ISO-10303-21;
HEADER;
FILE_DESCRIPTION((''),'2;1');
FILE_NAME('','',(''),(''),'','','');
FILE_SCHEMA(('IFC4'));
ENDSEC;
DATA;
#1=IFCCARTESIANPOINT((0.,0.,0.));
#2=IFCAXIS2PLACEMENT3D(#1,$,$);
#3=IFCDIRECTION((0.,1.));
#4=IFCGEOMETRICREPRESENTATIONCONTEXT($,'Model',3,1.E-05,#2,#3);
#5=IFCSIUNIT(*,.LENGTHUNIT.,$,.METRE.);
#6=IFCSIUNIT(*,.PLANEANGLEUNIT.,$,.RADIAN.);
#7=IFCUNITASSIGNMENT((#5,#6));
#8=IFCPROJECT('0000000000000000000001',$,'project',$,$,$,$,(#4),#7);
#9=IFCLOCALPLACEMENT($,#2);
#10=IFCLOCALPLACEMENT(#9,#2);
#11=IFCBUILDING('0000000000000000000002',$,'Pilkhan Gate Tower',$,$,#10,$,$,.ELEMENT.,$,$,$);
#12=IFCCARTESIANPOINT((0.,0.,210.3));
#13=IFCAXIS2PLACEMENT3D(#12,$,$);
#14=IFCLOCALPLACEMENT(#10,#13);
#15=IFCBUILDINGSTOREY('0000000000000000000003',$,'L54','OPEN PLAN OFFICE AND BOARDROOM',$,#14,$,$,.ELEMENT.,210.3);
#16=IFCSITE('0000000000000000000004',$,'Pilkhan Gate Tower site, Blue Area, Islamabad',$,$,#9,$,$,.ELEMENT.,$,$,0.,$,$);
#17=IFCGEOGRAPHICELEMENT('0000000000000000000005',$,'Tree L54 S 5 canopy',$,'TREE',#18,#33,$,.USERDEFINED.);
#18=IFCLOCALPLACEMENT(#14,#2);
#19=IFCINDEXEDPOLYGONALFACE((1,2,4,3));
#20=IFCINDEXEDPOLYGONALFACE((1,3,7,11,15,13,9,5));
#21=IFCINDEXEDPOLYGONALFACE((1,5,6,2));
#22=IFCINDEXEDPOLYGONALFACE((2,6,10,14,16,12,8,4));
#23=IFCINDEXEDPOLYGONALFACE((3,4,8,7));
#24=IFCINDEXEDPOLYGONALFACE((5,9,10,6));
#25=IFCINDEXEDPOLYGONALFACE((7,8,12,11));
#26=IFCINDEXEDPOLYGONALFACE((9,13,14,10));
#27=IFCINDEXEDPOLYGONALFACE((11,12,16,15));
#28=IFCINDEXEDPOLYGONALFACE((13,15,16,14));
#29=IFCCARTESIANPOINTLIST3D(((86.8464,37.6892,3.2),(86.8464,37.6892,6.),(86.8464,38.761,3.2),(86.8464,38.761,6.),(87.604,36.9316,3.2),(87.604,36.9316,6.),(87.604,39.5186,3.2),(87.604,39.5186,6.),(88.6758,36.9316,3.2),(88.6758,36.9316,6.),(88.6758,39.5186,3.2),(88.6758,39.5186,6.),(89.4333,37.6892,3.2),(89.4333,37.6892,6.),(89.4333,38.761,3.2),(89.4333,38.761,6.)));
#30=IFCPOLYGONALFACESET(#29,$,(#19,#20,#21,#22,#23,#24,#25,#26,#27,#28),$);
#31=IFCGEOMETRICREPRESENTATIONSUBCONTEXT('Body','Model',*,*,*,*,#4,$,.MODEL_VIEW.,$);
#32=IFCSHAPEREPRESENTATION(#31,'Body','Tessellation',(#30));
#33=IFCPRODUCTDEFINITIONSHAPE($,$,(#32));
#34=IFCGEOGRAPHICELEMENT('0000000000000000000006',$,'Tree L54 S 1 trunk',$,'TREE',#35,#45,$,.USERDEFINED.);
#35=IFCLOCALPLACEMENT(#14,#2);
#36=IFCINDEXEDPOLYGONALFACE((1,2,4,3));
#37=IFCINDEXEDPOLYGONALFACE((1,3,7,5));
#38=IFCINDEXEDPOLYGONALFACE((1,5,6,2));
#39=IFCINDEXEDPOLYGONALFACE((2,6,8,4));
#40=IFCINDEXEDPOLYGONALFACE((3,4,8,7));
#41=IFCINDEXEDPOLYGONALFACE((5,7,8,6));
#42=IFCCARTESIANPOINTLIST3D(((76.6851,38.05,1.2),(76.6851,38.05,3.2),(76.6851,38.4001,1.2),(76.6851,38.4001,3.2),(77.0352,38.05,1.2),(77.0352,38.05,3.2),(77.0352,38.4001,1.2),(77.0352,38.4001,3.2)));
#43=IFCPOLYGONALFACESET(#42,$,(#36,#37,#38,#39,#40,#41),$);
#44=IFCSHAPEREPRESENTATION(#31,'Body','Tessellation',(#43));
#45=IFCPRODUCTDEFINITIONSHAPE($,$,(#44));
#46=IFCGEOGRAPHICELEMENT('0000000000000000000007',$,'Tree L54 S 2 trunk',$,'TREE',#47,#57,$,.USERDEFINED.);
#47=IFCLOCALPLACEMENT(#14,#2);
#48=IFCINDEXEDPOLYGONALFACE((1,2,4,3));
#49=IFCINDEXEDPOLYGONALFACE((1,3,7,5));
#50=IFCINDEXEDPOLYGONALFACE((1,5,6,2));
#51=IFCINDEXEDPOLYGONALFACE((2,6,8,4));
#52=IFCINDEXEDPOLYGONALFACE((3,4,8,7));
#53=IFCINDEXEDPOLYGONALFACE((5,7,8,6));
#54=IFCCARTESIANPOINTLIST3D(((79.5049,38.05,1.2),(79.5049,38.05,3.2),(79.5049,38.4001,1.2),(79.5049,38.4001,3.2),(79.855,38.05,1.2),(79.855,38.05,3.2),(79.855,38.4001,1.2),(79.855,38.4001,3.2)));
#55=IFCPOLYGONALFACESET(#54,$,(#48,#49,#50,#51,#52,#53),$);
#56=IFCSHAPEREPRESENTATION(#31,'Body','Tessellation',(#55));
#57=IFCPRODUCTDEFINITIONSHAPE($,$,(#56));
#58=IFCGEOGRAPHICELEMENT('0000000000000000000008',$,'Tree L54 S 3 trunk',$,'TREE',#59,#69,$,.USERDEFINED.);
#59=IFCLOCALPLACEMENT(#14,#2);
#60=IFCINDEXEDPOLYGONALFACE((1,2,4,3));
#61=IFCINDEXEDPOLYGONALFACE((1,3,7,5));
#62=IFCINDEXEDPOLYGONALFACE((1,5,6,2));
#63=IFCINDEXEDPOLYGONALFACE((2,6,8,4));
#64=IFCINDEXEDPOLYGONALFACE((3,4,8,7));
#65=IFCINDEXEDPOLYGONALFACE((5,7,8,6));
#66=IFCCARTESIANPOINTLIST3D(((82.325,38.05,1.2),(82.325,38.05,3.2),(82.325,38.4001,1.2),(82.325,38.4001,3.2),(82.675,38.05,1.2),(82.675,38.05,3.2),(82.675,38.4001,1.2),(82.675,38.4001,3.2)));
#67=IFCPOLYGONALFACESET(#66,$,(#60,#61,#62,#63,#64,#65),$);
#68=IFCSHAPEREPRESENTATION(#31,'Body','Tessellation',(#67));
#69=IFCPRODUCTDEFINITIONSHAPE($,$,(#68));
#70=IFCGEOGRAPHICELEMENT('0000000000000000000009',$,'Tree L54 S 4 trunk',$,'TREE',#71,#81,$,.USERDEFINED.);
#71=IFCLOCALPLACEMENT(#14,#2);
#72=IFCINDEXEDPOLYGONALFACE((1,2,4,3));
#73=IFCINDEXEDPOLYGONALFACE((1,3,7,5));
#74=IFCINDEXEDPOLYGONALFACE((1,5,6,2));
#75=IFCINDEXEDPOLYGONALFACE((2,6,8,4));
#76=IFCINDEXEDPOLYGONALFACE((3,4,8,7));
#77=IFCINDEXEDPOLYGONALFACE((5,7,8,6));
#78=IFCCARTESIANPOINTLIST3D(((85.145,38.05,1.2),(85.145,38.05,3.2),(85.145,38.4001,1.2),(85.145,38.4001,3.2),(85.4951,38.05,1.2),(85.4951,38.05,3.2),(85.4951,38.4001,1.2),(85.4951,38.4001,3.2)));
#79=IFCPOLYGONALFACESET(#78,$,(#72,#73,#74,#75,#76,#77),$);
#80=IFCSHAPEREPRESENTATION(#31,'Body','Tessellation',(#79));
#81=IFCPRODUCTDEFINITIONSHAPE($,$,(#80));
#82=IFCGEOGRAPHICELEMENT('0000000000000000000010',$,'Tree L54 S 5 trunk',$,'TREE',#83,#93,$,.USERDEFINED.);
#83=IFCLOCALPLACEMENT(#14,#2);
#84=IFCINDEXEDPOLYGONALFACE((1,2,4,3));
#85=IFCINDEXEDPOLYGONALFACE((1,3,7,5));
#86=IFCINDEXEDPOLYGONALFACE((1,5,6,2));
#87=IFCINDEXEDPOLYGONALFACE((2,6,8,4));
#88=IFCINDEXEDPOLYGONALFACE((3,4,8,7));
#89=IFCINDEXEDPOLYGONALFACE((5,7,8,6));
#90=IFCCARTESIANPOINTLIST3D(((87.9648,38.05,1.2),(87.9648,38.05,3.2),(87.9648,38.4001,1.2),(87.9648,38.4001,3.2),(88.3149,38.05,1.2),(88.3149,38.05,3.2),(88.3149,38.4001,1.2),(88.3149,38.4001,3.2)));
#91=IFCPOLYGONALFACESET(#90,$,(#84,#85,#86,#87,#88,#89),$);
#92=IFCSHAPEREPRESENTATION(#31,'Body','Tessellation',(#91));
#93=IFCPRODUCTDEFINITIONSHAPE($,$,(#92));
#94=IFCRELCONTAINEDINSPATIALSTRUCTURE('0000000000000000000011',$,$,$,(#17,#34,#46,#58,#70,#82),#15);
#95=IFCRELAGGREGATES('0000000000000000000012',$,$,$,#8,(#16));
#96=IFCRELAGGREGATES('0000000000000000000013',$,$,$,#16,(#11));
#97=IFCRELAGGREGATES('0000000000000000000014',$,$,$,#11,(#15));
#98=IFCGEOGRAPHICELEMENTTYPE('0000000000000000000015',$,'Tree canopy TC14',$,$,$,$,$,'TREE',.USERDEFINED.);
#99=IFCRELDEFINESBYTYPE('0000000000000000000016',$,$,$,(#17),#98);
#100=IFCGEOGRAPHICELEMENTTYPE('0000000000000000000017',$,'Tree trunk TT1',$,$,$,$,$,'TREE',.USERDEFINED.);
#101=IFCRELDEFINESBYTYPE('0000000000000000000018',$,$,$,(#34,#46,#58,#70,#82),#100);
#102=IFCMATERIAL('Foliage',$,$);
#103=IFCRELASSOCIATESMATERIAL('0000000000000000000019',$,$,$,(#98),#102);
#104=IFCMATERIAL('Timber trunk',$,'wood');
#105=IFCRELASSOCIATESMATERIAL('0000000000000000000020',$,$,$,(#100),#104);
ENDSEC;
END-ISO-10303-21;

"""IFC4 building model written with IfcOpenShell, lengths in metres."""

from ifc_helpers import new_model, si_unit, direction, frame, origin, origin_2d, place, context, subcontext, project, spatial, polyline, rectangle, outline, extrude, material, material_profile, profile_set, type_object, element, save


model = new_model("IFC4")

# Units and contexts
model_context = context("Model", 3, precision=1e-05, world=origin(), true_north=direction((0.0, 1.0)))
body_context = subcontext(model_context, "Body", "Model", "MODEL_VIEW")
ifc_project = project(units=[si_unit("LENGTHUNIT", "METRE"), si_unit("PLANEANGLEUNIT", "RADIAN")], contexts=[model_context])

# Site, building, storey
site_placement = place(None, origin())
site = spatial("IfcSite", under=ifc_project, at=site_placement, Name="Pilkhan Gate Tower site, Blue Area, Islamabad", CompositionType="ELEMENT", RefElevation=0.0)
building_placement = place(site_placement, origin())
building = spatial("IfcBuilding", under=site, at=building_placement, Name="Pilkhan Gate Tower", CompositionType="ELEMENT")
storey_placement = place(building_placement, frame((0.0, 0.0, 210.3)))
storey = spatial("IfcBuildingStorey", under=building, at=storey_placement, Name="L54", Description="OPEN PLAN OFFICE AND BOARDROOM", CompositionType="ELEMENT", Elevation=210.3)

# Geographic elements
ifc_material_1 = material(Name="Foliage")
ifc_material_profile_1 = material_profile(ifc_material_1, outline(polyline([(1.2935, 0.5359), (0.5359, 1.2935), (-0.5359, 1.2935), (-1.2935, 0.5359), (-1.2935, -0.5359), (-0.5359, -1.2935), (0.5359, -1.2935), (1.2935, -0.5359), (1.2935, 0.5359)])), Name="Canopy D2.8")
ifc_profile_set_1 = profile_set([ifc_material_profile_1], Name="Foliage")
geographic_element_type_1 = type_object("IfcGeographicElementType", Name="Tree canopy TC14", ElementType="TREE", PredefinedType="USERDEFINED", material=ifc_profile_set_1)
for number, where, z_axis, x_axis, name in (
    (1, (88.1399, 38.2251, 3.2), (0.0, 0.0, 1.0), (1.0, 0.0, 0.0), "Tree L54 S 5 canopy"),
):
    element("IfcGeographicElement", number, at=place(storey_placement, frame(where, z_axis=z_axis, x_axis=x_axis)), inside=storey, type_object=geographic_element_type_1, Name=name, ObjectType="TREE", PredefinedType="USERDEFINED", context=body_context, shape_type="SweptSolid", body=[
        extrude(outline(polyline([(1.2935, 0.5359), (0.5359, 1.2935), (-0.5359, 1.2935), (-1.2935, 0.5359), (-1.2935, -0.5359), (-0.5359, -1.2935), (0.5359, -1.2935), (1.2935, -0.5359), (1.2935, 0.5359)])), origin(), (0.0, 0.0, 1.0), 2.8),
    ])
ifc_material_2 = material(Name="Timber trunk", Category="wood")
geographic_element_type_2 = type_object("IfcGeographicElementType", Name="Tree trunk TT1", ElementType="TREE", PredefinedType="USERDEFINED", material=ifc_material_2)
for number, where, z_axis, x_axis, name in (
    (2, (76.8601, 38.2251, 1.2), (0.0, 0.0, 1.0), (1.0, 0.0, 0.0), "Tree L54 S 1 trunk"),
    (3, (79.6799, 38.2251, 1.2), (0.0, 0.0, 1.0), (1.0, 0.0, 0.0), "Tree L54 S 2 trunk"),
    (4, (82.5, 38.2251, 1.2), (0.0, 0.0, 1.0), (1.0, 0.0, 0.0), "Tree L54 S 3 trunk"),
    (5, (85.3201, 38.2251, 1.2), (0.0, 0.0, 1.0), (1.0, 0.0, 0.0), "Tree L54 S 4 trunk"),
    (6, (88.1399, 38.2251, 1.2), (0.0, 0.0, 1.0), (1.0, 0.0, 0.0), "Tree L54 S 5 trunk"),
):
    element("IfcGeographicElement", number, at=place(storey_placement, frame(where, z_axis=z_axis, x_axis=x_axis)), inside=storey, type_object=geographic_element_type_2, Name=name, ObjectType="TREE", PredefinedType="USERDEFINED", context=body_context, shape_type="SweptSolid", body=[
        extrude(rectangle(XDim=0.3501, YDim=0.3501, at=origin_2d()), origin(), (0.0, 0.0, 1.0), 2.0),
    ])

save(model, "model.ifc")
